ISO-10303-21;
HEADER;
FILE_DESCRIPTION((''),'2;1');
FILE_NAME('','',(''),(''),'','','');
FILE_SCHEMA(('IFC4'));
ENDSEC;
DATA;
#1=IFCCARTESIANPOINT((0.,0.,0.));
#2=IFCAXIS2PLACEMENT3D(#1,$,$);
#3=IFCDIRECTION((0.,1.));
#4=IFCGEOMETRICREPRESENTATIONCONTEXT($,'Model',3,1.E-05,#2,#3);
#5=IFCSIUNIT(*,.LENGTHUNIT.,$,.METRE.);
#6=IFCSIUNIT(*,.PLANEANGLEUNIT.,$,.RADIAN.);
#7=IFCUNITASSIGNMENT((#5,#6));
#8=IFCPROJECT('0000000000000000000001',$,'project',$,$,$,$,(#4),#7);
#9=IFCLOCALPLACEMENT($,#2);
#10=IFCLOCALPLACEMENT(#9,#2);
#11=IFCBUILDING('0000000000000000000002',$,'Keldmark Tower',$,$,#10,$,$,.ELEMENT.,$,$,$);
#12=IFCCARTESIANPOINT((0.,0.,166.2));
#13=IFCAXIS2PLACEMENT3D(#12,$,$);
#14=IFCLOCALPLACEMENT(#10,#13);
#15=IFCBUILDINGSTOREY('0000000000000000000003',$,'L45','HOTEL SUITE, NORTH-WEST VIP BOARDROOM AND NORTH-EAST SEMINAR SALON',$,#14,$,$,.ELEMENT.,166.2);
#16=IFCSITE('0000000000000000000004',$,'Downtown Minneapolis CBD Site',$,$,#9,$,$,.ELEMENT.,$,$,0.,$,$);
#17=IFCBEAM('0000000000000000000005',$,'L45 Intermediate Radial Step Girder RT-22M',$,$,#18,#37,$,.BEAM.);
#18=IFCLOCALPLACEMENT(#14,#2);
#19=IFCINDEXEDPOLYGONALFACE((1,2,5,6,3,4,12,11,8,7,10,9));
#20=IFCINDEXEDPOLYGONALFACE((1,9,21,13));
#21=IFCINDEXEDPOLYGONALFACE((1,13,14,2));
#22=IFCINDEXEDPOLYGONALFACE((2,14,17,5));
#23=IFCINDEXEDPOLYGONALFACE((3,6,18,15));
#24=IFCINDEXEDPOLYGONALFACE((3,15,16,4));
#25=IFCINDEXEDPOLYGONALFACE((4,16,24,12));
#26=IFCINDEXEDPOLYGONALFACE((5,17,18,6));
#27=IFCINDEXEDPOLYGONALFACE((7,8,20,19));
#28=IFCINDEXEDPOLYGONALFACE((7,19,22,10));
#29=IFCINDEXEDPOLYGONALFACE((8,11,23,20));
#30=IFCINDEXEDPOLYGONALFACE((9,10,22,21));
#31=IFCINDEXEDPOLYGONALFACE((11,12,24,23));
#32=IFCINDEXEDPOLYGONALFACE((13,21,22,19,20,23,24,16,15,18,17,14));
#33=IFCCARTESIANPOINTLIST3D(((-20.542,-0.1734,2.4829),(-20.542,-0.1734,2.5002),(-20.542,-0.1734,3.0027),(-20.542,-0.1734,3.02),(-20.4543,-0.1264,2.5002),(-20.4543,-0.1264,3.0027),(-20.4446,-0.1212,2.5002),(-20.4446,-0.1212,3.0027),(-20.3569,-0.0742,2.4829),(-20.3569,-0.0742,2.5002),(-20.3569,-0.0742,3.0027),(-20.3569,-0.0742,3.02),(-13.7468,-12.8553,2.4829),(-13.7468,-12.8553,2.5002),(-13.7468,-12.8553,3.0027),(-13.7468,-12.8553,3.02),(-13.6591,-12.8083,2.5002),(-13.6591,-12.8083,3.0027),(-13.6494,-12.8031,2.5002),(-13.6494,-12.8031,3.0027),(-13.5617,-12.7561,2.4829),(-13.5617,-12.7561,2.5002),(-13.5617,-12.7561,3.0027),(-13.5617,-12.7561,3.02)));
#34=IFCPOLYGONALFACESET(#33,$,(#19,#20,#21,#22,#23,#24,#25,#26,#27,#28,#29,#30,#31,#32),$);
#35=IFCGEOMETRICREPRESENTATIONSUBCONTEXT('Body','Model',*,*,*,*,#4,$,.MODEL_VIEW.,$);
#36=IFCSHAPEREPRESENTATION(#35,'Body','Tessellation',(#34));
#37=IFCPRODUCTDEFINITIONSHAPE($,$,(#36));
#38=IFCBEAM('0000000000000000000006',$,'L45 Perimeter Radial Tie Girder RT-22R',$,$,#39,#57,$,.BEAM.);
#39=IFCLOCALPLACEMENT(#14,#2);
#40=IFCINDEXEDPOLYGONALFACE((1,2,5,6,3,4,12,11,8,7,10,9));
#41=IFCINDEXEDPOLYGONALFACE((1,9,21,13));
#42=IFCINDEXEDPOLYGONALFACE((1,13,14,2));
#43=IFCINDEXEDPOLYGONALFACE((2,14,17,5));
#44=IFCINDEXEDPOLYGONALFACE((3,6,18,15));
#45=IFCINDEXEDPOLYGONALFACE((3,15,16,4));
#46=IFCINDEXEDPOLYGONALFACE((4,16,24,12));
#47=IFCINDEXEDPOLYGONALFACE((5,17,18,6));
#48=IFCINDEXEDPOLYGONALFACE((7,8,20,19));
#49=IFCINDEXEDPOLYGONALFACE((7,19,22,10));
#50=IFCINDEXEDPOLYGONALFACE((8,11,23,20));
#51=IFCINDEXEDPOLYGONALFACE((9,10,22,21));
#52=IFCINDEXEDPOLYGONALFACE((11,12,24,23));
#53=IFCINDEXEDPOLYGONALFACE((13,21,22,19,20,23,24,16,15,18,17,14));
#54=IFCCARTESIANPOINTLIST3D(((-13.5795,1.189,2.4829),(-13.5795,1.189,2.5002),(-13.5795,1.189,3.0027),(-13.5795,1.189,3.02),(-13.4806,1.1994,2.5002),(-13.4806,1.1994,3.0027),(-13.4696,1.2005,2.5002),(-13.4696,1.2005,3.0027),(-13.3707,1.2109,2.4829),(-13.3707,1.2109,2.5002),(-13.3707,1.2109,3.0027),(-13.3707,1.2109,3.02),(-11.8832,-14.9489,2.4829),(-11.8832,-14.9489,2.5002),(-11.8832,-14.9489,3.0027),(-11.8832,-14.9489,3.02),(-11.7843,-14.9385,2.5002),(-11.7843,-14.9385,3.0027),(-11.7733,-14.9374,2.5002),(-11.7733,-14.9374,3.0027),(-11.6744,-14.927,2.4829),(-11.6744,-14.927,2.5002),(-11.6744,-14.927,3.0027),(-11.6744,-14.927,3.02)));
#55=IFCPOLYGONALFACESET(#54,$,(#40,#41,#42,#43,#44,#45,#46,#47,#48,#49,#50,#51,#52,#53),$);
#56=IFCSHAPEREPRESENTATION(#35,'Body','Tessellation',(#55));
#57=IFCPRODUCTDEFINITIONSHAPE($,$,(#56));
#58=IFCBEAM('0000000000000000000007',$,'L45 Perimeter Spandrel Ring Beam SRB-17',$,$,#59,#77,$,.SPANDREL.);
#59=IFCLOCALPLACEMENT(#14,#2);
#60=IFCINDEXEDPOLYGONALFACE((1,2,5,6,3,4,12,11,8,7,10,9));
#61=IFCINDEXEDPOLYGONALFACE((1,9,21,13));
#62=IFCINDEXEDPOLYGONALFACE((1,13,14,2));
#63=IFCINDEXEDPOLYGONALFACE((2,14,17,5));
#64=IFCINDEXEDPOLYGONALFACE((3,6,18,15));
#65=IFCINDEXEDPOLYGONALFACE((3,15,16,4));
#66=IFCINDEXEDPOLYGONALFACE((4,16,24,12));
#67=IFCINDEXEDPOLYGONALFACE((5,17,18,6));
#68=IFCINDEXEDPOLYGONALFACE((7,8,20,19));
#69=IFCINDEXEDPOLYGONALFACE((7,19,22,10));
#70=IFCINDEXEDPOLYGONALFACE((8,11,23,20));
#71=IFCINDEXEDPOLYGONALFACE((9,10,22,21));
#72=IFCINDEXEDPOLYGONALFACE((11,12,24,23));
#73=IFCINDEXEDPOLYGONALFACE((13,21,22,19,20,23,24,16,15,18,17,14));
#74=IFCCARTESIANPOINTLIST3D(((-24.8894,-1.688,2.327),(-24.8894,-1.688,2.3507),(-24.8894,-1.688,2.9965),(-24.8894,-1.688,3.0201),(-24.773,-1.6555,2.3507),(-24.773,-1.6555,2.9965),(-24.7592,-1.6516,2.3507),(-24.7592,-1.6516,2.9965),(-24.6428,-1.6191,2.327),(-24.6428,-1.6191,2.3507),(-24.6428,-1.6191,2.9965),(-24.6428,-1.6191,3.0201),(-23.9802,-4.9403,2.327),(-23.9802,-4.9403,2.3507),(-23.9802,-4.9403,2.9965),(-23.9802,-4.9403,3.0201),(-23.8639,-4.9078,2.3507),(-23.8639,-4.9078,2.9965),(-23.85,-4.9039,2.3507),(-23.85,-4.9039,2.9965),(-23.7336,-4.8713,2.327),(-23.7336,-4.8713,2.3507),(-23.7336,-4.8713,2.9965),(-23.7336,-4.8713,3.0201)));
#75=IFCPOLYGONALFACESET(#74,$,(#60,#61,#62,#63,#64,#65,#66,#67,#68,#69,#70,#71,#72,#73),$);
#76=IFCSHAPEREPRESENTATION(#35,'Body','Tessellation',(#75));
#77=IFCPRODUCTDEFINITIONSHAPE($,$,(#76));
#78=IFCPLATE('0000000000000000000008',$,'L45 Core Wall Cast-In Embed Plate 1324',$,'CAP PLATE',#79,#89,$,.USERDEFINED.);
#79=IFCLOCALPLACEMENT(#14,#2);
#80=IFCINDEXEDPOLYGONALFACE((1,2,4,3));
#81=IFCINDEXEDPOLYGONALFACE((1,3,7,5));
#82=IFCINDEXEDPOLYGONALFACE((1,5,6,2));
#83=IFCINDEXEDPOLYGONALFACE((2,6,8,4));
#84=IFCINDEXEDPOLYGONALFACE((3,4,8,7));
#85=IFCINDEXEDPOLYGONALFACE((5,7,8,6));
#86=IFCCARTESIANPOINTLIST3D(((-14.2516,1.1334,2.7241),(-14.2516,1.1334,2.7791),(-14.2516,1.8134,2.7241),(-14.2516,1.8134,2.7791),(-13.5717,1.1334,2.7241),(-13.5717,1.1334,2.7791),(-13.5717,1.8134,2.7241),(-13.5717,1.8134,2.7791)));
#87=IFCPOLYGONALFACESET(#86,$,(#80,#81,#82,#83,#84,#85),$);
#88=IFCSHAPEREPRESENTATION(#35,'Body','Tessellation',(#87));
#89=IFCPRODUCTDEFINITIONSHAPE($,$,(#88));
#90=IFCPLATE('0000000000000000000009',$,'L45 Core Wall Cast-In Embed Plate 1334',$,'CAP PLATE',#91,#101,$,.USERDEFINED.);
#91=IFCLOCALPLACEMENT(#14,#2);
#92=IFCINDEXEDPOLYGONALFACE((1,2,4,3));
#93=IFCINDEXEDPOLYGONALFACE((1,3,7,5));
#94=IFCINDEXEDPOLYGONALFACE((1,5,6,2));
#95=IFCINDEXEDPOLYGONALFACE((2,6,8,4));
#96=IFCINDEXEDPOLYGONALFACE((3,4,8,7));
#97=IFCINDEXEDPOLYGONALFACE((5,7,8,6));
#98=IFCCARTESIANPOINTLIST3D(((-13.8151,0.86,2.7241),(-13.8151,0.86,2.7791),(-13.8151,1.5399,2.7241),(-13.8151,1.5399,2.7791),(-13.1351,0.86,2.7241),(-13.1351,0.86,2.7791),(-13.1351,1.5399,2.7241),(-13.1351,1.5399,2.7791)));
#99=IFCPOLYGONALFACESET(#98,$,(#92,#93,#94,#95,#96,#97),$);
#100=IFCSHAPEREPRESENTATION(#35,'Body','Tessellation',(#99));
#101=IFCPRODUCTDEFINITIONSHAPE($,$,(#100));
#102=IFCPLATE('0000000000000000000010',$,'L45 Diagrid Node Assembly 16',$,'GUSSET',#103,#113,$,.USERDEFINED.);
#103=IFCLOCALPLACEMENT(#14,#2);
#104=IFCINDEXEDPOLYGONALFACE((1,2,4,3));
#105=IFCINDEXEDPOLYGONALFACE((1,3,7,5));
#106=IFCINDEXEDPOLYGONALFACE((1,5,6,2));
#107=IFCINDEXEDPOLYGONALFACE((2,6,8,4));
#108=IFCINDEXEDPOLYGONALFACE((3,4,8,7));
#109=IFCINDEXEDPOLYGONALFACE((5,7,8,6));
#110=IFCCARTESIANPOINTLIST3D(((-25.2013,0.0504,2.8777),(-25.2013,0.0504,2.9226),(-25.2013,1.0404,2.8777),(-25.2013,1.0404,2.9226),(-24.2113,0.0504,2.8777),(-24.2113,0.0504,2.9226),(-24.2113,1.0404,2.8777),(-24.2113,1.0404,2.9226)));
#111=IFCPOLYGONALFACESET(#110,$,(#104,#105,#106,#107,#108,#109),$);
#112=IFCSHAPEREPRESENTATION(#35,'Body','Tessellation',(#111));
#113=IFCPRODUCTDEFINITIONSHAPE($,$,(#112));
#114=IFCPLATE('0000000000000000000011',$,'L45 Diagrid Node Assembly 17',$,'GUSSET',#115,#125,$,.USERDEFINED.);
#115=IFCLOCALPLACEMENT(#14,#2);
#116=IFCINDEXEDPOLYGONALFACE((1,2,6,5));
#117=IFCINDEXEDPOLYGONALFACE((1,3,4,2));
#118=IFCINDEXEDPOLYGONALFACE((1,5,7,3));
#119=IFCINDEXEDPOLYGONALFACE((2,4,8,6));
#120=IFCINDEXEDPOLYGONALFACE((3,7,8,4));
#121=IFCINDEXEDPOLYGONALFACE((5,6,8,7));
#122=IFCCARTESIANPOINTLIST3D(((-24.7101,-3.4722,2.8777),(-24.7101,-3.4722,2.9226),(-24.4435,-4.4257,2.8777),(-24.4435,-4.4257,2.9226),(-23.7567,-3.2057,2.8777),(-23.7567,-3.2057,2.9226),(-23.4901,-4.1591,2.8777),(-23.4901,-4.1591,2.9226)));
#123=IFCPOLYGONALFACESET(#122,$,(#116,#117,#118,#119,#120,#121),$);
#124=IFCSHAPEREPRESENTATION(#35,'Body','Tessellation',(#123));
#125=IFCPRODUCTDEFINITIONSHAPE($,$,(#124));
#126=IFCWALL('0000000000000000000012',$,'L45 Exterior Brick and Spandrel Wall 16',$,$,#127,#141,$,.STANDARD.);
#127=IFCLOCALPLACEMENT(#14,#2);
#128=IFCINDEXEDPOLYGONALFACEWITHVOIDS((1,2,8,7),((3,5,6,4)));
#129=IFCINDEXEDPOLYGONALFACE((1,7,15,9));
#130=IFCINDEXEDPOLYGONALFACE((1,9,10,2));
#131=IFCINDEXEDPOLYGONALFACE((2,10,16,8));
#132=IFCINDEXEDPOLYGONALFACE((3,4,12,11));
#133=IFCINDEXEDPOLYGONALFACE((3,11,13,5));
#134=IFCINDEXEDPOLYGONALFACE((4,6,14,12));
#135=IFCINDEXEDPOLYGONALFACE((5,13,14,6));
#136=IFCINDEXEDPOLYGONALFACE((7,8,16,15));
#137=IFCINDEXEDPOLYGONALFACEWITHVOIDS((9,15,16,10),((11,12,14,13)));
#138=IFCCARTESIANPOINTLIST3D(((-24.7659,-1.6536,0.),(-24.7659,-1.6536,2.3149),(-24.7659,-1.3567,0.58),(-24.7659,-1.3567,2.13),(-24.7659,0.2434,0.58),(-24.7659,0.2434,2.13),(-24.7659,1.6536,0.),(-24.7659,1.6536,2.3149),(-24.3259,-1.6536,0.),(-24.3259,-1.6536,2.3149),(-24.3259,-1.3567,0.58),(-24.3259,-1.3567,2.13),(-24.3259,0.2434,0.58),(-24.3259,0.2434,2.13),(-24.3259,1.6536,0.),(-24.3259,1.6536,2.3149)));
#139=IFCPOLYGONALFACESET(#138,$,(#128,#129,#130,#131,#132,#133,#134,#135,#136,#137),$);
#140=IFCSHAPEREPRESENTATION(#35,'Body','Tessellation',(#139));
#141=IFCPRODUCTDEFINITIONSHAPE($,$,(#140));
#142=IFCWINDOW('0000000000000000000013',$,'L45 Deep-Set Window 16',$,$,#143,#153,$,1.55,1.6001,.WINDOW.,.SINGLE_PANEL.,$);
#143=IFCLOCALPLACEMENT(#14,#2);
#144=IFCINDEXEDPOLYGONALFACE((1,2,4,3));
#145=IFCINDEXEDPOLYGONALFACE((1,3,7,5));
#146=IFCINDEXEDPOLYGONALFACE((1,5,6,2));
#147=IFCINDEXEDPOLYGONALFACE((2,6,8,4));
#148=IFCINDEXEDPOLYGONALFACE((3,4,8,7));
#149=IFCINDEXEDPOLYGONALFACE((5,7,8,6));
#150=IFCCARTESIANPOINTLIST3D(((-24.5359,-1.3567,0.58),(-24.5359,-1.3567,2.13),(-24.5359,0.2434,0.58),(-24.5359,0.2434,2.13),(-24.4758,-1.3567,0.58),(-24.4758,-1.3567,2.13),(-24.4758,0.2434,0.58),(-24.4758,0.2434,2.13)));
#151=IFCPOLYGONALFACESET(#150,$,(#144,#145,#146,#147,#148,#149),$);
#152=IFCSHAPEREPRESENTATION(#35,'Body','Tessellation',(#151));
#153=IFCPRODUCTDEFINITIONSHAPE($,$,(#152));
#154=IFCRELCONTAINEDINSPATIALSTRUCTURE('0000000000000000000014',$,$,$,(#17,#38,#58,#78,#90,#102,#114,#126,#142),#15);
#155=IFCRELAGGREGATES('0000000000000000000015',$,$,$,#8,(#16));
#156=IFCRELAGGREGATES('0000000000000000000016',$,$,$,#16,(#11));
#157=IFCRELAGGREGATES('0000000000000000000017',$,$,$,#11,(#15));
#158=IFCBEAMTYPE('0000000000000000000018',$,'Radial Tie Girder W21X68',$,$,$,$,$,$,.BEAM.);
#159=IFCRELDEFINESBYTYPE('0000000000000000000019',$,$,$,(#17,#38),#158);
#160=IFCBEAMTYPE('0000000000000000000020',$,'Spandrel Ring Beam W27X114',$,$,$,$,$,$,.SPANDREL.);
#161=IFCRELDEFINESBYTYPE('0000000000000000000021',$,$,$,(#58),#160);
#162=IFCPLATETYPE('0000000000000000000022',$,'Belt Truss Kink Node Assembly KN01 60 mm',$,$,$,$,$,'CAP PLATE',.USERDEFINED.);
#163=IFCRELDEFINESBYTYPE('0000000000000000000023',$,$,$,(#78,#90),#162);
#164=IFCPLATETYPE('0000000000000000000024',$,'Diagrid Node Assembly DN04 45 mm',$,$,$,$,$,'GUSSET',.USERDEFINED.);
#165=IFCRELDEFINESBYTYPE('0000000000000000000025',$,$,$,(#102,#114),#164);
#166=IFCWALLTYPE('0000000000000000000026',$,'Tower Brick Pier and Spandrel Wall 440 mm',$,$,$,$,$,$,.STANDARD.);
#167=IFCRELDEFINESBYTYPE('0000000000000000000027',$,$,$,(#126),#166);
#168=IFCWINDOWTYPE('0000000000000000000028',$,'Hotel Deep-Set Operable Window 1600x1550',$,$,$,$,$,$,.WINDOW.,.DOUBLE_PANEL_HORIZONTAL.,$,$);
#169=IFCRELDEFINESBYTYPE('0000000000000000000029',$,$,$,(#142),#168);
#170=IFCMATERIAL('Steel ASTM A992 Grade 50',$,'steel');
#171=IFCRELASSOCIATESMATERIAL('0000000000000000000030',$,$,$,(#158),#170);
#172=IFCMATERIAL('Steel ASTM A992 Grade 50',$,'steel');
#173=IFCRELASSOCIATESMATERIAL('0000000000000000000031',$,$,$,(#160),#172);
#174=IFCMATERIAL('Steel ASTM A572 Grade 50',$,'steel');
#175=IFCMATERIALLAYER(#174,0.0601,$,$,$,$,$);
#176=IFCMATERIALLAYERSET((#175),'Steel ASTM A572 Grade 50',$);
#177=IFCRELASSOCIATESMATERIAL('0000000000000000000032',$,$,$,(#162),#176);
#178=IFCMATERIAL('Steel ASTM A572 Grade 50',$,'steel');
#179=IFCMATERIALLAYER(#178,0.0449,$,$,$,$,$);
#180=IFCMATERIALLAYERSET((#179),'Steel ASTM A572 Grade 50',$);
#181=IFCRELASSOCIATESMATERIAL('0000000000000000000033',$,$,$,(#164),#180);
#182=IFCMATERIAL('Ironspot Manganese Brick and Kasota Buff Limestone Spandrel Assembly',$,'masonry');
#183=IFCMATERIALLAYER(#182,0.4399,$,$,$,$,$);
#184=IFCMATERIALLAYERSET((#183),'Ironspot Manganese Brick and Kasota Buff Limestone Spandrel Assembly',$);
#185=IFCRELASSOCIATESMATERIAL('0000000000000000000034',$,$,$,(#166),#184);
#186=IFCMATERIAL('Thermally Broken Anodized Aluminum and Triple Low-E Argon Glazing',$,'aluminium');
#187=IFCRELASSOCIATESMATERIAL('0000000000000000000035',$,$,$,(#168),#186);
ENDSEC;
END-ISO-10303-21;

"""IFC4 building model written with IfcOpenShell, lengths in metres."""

from ifc_helpers import new_model, si_unit, direction, frame, frame_2d, origin, origin_2d, place, context, subcontext, project, spatial, rectangle, i_section, extrude, material, layer, layer_set, material_profile, profile_set, type_object, element, fill, save


model = new_model("IFC4")

# Units and contexts
model_context = context("Model", 3, precision=1e-05, world=origin(), true_north=direction((0.0, 1.0)))
body_context = subcontext(model_context, "Body", "Model", "MODEL_VIEW")
ifc_project = project(units=[si_unit("LENGTHUNIT", "METRE"), si_unit("PLANEANGLEUNIT", "RADIAN")], contexts=[model_context])

# Site, building, storey
site_placement = place(None, origin())
site = spatial("IfcSite", under=ifc_project, at=site_placement, Name="Downtown Minneapolis CBD Site", CompositionType="ELEMENT", RefElevation=0.0)
building_placement = place(site_placement, origin())
building = spatial("IfcBuilding", under=site, at=building_placement, Name="Keldmark Tower", CompositionType="ELEMENT")
storey_placement = place(building_placement, frame((0.0, 0.0, 166.2)))
storey = spatial("IfcBuildingStorey", under=building, at=storey_placement, Name="L45", Description="HOTEL SUITE, NORTH-WEST VIP BOARDROOM AND NORTH-EAST SEMINAR SALON", CompositionType="ELEMENT", Elevation=166.2)

# Beams
ifc_material_1 = material(Name="Steel ASTM A992 Grade 50", Category="steel")
ifc_material_profile_1 = material_profile(ifc_material_1, i_section(OverallWidth=0.21, OverallDepth=0.5371, WebThickness=0.011, FlangeThickness=0.0173, at=origin_2d()), Name="W21X68")
ifc_profile_set_1 = profile_set([ifc_material_profile_1], Name="Steel ASTM A992 Grade 50")
beam_type_1 = type_object("IfcBeamType", Name="Radial Tie Girder W21X68", PredefinedType="BEAM", material=ifc_profile_set_1)
beam_1_placement = place(storey_placement, frame((-20.4495, -0.1238, 2.7515), z_axis=(0.472292, -0.881442, 0.0), x_axis=(0.881442, 0.472292, 0.0)))
element("IfcBeam", 1, at=beam_1_placement, inside=storey, type_object=beam_type_1, Name="L45 Intermediate Radial Step Girder RT-22M", PredefinedType="BEAM", context=body_context, shape_type="SweptSolid", body=[
    extrude(i_section(OverallWidth=0.21, OverallDepth=0.5371, WebThickness=0.011, FlangeThickness=0.0173, at=origin_2d()), origin(), (0.0, 0.0, 1.0), 14.3877),
])
beam_2_placement = place(storey_placement, frame((-13.4751, 1.2, 2.7515), z_axis=(0.104536, -0.994521, 0.0), x_axis=(0.994521, 0.104536, 0.0)))
element("IfcBeam", 2, at=beam_2_placement, inside=storey, type_object=beam_type_1, Name="L45 Perimeter Radial Tie Girder RT-22R", PredefinedType="BEAM", context=body_context, shape_type="SweptSolid", body=[
    extrude(i_section(OverallWidth=0.21, OverallDepth=0.5371, WebThickness=0.011, FlangeThickness=0.0173, at=origin_2d()), origin(), (0.0, 0.0, 1.0), 16.2268),
])
ifc_material_2 = material(Name="Steel ASTM A992 Grade 50", Category="steel")
ifc_material_profile_2 = material_profile(ifc_material_2, i_section(OverallWidth=0.2561, OverallDepth=0.6931, WebThickness=0.0144, FlangeThickness=0.0237, at=origin_2d()), Name="W27X114")
ifc_profile_set_2 = profile_set([ifc_material_profile_2], Name="Steel ASTM A992 Grade 50")
beam_type_2 = type_object("IfcBeamType", Name="Spandrel Ring Beam W27X114", PredefinedType="SPANDREL", material=ifc_profile_set_2)
beam_3_placement = place(storey_placement, frame((-24.7661, -1.6536, 2.6736), z_axis=(0.269236, -0.963074, 0.0), x_axis=(0.963074, 0.269236, 0.0)))
element("IfcBeam", 3, at=beam_3_placement, inside=storey, type_object=beam_type_2, Name="L45 Perimeter Spandrel Ring Beam SRB-17", PredefinedType="SPANDREL", context=body_context, shape_type="SweptSolid", body=[
    extrude(i_section(OverallWidth=0.2561, OverallDepth=0.6931, WebThickness=0.0144, FlangeThickness=0.0237, at=origin_2d()), origin(), (0.0, 0.0, 1.0), 3.377),
])

# Plates
ifc_material_3 = material(Name="Steel ASTM A572 Grade 50", Category="steel")
ifc_layer_1 = layer(ifc_material_3, 0.0601)
ifc_layer_set_1 = layer_set([ifc_layer_1], Name="Steel ASTM A572 Grade 50")
plate_type_1 = type_object("IfcPlateType", Name="Belt Truss Kink Node Assembly KN01 60 mm", ElementType="CAP PLATE", PredefinedType="USERDEFINED", material=ifc_layer_set_1)
for number, where, z_axis, x_axis, name in (
    (4, (-13.9116, 1.4734, 2.7241), (0.0, 0.0, 1.0), (1.0, 0.0, 0.0), "L45 Core Wall Cast-In Embed Plate 1324"),
    (5, (-13.4751, 1.2, 2.7241), (0.0, 0.0, 1.0), (1.0, 0.0, 0.0), "L45 Core Wall Cast-In Embed Plate 1334"),
):
    element("IfcPlate", number, at=place(storey_placement, frame(where, z_axis=z_axis, x_axis=x_axis)), inside=storey, type_object=plate_type_1, Name=name, ObjectType="CAP PLATE", PredefinedType="USERDEFINED", context=body_context, shape_type="SweptSolid", body=[
        extrude(rectangle(XDim=0.6799, YDim=0.6799, at=origin_2d()), origin(), (0.0, 0.0, 1.0), 0.0549),
    ])
ifc_material_4 = material(Name="Steel ASTM A572 Grade 50", Category="steel")
ifc_layer_2 = layer(ifc_material_4, 0.0449)
ifc_layer_set_2 = layer_set([ifc_layer_2], Name="Steel ASTM A572 Grade 50")
plate_type_2 = type_object("IfcPlateType", Name="Diagrid Node Assembly DN04 45 mm", ElementType="GUSSET", PredefinedType="USERDEFINED", material=ifc_layer_set_2)
for number, where, z_axis, x_axis, name in (
    (6, (-24.7063, 0.5454, 2.8777), (0.0, 0.0, 1.0), (0.0, -1.0, 0.0), "L45 Diagrid Node Assembly 16"),
    (7, (-24.1001, -3.8157, 2.8777), (0.0, 0.0, 1.0), (0.269256, -0.963069, 0.0), "L45 Diagrid Node Assembly 17"),
):
    element("IfcPlate", number, at=place(storey_placement, frame(where, z_axis=z_axis, x_axis=x_axis)), inside=storey, type_object=plate_type_2, Name=name, ObjectType="GUSSET", PredefinedType="USERDEFINED", context=body_context, shape_type="SweptSolid", body=[
        extrude(rectangle(XDim=0.99, YDim=0.99, at=origin_2d()), origin(), (0.0, 0.0, 1.0), 0.0449),
    ])

# Wall, opening, window
ifc_material_5 = material(Name="Ironspot Manganese Brick and Kasota Buff Limestone Spandrel Assembly", Category="masonry")
ifc_layer_3 = layer(ifc_material_5, 0.4399)
ifc_layer_set_3 = layer_set([ifc_layer_3], Name="Ironspot Manganese Brick and Kasota Buff Limestone Spandrel Assembly")
wall_type_1 = type_object("IfcWallType", Name="Tower Brick Pier and Spandrel Wall 440 mm", PredefinedType="STANDARD", material=ifc_layer_set_3)
wall_1_placement = place(storey_placement, frame((-24.5459, -1.6536, 0.0), z_axis=(0.0, 0.0, 1.0), x_axis=(0.0, 1.0, 0.0)))
wall_1 = element("IfcWall", 8, at=wall_1_placement, inside=storey, type_object=wall_type_1, Name="L45 Exterior Brick and Spandrel Wall 16", PredefinedType="STANDARD", context=body_context, shape_type="SweptSolid", body=[
    extrude(rectangle(XDim=3.3071, YDim=0.4399, at=frame_2d((1.6536, 0.0))), origin(), (0.0, 0.0, 1.0), 2.3149),
])
opening_1_placement = place(wall_1_placement, frame((0.2969, 0.0, 0.5801)))
opening_1 = element("IfcOpeningElement", 9, at=opening_1_placement, cuts=wall_1, PredefinedType="OPENING", context=body_context, shape_type="SweptSolid", body=[
    extrude(rectangle(XDim=1.6001, YDim=1.55, at=frame_2d((0.8, 0.7749))), frame((0.0, 0.23, 0.0), z_axis=(0.0, -1.0, 0.0), x_axis=(1.0, 0.0, 0.0)), (0.0, 0.0, 1.0), 0.46),
])
ifc_material_6 = material(Name="Thermally Broken Anodized Aluminum and Triple Low-E Argon Glazing", Category="aluminium")
window_type = type_object("IfcWindowType", Name="Hotel Deep-Set Operable Window 1600x1550", PartitioningType="DOUBLE_PANEL_HORIZONTAL", PredefinedType="WINDOW", material=ifc_material_6)
window_1_placement = place(opening_1_placement, origin())
window_1 = element("IfcWindow", 10, at=window_1_placement, inside=storey, type_object=window_type, Name="L45 Deep-Set Window 16", OverallHeight=1.55, OverallWidth=1.6001, PartitioningType="SINGLE_PANEL", PredefinedType="WINDOW", context=body_context, shape_type="SweptSolid", body=[
    extrude(rectangle(XDim=1.6001, YDim=1.55, at=frame_2d((0.8, 0.7749))), frame((0.0, -0.01, 0.0), z_axis=(0.0, -1.0, 0.0), x_axis=(1.0, 0.0, 0.0)), (0.0, 0.0, 1.0), 0.0601),
])
fill(opening_1, window_1)

save(model, "model.ifc")
